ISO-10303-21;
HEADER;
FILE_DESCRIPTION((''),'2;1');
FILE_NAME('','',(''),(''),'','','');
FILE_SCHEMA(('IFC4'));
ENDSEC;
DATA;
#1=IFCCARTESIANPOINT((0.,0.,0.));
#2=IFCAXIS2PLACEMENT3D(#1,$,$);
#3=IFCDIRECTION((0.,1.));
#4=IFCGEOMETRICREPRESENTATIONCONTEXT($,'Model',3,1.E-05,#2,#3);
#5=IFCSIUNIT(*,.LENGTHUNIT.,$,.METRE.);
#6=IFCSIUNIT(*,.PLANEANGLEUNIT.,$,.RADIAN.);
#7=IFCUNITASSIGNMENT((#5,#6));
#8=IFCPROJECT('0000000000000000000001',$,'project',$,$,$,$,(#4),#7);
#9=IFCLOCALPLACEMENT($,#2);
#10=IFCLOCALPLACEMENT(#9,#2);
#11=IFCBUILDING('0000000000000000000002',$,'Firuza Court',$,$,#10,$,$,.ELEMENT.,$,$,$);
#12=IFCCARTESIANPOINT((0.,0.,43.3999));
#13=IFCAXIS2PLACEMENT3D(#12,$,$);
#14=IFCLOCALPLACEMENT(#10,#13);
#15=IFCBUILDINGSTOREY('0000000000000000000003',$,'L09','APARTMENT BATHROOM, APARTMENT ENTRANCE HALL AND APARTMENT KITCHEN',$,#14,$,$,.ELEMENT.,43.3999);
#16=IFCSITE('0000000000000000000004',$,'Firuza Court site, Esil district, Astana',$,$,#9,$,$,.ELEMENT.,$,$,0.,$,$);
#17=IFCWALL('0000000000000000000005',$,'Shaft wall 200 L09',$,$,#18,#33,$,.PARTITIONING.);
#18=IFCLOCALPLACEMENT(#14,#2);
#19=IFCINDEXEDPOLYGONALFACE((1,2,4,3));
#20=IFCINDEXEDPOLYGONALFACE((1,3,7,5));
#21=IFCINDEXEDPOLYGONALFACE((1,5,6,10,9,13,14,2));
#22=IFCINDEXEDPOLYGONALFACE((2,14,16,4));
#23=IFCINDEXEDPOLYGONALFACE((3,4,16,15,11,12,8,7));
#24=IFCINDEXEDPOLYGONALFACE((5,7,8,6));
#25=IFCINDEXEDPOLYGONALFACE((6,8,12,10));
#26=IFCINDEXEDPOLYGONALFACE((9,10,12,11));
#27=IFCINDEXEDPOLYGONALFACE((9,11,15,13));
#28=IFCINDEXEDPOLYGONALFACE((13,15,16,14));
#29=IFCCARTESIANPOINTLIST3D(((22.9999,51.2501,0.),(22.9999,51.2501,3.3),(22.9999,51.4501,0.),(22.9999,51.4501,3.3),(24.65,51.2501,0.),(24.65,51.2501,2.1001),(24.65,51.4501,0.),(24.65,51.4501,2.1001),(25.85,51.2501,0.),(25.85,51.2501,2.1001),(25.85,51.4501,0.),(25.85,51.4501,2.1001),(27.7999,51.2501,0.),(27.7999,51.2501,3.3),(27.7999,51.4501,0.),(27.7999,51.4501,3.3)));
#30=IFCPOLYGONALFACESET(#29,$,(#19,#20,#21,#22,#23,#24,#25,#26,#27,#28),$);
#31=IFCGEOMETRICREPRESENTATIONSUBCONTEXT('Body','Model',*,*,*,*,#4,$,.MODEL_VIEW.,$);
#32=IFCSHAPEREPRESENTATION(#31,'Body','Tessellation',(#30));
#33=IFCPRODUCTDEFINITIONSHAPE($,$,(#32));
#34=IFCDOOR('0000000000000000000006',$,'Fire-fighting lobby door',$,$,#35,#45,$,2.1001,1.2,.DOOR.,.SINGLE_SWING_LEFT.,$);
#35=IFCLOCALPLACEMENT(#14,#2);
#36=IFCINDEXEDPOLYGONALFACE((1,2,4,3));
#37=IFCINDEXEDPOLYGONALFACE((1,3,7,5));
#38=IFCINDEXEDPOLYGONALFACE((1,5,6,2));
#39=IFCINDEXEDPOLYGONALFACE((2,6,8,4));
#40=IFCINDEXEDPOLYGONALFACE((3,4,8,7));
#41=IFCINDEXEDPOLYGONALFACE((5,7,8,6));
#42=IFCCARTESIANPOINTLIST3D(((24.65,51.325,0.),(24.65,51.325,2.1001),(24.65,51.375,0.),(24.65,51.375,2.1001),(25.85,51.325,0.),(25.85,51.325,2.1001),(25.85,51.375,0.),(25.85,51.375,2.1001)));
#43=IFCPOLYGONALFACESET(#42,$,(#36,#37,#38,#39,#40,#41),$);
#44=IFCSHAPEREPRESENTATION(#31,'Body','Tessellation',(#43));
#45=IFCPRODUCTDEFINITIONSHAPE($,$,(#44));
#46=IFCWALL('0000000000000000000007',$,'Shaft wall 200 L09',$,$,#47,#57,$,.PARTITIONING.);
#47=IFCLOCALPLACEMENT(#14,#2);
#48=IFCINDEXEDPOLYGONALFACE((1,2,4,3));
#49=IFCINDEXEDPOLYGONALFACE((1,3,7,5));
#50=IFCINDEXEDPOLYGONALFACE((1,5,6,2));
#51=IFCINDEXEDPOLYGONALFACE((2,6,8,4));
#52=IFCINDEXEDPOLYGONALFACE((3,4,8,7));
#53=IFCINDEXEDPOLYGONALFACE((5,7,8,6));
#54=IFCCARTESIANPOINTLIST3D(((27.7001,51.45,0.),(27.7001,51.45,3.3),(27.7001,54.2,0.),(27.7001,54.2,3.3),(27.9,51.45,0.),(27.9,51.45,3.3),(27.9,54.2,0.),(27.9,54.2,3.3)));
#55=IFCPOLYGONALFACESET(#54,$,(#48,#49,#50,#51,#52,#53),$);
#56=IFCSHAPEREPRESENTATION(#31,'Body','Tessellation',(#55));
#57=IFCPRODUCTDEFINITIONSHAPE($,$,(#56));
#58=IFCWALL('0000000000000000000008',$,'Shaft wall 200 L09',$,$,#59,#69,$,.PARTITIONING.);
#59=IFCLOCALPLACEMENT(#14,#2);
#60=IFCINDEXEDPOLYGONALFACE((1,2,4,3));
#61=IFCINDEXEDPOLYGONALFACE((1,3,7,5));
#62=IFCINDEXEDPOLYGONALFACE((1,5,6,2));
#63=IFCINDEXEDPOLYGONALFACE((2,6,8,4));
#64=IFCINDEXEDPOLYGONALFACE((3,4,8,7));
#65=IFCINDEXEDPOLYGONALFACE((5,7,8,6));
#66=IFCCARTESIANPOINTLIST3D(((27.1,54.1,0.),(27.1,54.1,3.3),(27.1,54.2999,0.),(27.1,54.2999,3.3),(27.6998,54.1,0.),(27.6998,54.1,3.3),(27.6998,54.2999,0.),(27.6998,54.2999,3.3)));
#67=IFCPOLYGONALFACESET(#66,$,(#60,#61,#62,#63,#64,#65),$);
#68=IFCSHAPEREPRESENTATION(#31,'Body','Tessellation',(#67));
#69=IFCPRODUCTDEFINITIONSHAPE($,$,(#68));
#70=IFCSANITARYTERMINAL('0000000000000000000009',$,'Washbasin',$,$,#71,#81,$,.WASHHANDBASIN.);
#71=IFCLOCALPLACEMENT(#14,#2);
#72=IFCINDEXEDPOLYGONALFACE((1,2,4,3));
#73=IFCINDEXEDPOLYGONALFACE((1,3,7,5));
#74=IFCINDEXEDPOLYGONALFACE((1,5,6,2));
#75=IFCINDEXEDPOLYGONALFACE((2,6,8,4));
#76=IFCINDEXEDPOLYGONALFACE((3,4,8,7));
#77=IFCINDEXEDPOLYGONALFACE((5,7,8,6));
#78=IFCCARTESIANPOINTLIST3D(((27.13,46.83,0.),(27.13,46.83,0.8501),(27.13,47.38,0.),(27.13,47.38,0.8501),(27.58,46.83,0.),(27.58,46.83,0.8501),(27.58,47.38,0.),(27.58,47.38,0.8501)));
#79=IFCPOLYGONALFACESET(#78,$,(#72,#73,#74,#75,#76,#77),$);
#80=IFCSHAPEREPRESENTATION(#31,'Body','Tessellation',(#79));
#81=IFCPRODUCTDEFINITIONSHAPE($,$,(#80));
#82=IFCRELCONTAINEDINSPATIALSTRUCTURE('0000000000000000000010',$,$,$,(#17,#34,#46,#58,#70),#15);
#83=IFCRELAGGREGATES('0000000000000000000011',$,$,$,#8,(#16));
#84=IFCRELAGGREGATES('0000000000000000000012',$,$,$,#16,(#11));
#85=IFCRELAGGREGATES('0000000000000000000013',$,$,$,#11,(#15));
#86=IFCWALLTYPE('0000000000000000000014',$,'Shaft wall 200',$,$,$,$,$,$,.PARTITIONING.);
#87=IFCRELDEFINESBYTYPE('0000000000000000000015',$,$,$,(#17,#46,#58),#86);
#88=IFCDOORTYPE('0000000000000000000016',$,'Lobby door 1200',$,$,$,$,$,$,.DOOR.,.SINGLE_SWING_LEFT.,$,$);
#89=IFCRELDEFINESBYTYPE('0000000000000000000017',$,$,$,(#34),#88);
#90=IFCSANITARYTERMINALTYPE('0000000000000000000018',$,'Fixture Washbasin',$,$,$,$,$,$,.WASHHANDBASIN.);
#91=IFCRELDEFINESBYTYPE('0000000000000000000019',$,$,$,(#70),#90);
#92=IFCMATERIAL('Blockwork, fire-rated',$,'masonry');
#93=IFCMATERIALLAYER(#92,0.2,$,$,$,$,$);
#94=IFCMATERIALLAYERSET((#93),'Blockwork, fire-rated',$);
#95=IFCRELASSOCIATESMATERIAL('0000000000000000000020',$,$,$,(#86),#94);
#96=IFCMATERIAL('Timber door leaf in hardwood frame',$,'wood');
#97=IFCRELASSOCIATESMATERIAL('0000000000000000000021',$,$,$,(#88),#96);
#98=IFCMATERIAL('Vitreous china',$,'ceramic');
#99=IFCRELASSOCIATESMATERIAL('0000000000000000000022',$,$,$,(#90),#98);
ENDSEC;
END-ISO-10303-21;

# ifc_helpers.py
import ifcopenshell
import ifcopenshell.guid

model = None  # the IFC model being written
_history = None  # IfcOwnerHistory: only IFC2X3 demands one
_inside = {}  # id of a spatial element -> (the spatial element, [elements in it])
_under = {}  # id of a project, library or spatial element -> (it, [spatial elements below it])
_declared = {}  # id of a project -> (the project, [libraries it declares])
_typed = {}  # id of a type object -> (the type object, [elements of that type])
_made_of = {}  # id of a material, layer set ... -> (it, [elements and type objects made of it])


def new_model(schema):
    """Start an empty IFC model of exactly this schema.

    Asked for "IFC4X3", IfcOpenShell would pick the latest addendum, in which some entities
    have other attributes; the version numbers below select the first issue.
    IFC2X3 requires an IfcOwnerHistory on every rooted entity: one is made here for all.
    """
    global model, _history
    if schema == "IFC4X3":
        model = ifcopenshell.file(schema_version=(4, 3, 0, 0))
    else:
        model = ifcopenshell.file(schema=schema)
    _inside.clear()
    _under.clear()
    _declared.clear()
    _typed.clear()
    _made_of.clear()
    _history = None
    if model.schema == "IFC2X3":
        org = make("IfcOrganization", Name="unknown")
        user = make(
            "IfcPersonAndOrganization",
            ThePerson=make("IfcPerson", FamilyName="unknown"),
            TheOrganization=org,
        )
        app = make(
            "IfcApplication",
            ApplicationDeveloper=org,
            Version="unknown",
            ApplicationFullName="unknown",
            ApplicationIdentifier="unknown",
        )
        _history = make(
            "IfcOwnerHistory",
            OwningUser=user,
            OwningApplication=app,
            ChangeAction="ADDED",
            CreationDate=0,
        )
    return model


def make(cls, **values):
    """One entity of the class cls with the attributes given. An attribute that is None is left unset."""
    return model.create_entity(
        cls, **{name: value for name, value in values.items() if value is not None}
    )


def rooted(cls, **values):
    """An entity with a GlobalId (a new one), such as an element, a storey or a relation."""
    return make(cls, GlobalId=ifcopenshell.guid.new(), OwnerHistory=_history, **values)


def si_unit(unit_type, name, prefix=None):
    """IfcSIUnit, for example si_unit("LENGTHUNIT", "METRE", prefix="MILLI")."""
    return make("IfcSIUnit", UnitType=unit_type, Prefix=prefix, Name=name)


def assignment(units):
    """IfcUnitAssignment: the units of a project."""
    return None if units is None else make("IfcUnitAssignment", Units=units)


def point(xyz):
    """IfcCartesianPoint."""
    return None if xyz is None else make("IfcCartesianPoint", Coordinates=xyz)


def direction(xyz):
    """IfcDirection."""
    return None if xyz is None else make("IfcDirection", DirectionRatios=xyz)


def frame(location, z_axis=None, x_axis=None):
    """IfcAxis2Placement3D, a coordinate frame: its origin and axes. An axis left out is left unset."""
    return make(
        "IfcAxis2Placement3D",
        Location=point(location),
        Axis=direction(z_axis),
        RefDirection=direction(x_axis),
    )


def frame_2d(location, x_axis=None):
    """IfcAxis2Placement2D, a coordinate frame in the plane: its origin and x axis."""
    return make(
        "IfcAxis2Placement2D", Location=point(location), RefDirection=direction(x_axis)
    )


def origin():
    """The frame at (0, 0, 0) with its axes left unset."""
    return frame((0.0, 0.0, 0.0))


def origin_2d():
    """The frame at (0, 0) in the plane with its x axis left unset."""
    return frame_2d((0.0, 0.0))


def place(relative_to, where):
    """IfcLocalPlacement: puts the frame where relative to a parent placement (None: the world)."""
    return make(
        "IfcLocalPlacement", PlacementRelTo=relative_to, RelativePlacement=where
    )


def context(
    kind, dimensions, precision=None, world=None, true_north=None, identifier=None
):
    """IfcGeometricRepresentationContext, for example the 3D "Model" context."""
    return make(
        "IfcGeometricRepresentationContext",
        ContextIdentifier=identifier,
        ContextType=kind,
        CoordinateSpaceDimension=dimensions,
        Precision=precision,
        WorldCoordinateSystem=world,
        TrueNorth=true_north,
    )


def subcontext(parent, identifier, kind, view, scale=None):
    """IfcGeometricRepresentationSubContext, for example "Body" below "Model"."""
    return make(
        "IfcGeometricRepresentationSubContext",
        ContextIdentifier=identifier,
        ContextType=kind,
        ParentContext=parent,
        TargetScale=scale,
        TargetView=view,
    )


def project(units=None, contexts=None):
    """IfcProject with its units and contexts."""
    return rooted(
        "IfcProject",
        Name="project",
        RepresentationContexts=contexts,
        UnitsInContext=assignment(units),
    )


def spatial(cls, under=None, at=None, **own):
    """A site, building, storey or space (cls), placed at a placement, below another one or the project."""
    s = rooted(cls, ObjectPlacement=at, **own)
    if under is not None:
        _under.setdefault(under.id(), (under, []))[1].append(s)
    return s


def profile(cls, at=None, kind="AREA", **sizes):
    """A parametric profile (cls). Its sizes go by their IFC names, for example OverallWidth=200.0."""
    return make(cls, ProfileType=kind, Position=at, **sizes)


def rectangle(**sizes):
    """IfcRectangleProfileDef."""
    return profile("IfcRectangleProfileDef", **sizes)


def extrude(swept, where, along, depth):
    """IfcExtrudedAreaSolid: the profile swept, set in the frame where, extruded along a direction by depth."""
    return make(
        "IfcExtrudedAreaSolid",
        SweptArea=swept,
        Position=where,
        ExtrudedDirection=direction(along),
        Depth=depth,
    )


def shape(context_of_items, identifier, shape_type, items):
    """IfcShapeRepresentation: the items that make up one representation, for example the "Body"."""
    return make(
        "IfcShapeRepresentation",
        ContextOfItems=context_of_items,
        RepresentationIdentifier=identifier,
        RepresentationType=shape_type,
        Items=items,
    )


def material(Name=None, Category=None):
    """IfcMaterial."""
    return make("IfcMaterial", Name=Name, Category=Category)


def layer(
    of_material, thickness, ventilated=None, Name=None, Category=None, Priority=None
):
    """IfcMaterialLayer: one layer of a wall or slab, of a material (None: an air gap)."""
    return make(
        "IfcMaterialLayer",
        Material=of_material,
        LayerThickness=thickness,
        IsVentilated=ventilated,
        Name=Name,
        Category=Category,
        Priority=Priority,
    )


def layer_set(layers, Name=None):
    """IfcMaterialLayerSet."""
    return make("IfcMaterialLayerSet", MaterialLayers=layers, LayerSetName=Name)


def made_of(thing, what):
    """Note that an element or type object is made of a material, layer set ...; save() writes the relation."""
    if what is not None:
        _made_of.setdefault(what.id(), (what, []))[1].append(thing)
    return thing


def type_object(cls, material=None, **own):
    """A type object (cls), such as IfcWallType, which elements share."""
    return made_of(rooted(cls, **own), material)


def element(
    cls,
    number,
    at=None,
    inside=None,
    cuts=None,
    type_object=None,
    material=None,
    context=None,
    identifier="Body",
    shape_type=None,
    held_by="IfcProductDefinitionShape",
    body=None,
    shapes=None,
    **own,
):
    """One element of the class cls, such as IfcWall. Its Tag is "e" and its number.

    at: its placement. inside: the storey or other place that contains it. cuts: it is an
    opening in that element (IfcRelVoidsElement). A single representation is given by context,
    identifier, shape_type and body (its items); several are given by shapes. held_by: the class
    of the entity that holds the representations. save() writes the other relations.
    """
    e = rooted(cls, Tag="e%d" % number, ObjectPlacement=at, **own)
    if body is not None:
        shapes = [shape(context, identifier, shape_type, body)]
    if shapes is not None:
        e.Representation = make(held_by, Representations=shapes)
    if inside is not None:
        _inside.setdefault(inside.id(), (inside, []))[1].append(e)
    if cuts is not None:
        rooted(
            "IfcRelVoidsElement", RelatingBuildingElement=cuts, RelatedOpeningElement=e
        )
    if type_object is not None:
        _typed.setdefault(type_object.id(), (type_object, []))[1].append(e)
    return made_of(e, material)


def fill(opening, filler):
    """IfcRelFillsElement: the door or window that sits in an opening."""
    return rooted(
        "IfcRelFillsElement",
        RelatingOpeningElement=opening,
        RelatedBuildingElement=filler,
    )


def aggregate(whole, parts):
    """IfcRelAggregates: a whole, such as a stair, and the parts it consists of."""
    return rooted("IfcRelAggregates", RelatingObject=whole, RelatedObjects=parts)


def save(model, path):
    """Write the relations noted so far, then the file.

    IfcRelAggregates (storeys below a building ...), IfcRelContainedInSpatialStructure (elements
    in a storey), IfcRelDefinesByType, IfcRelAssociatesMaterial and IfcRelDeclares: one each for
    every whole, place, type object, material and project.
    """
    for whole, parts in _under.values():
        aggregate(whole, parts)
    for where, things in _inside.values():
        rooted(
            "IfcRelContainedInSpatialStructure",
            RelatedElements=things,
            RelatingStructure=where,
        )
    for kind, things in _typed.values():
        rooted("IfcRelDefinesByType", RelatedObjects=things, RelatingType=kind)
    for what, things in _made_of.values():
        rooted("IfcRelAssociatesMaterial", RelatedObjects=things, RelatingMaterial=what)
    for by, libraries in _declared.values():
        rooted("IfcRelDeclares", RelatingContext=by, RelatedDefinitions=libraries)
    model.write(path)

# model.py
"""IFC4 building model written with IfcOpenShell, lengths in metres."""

from ifc_helpers import new_model, si_unit, direction, frame, frame_2d, origin, origin_2d, place, context, subcontext, project, spatial, rectangle, extrude, material, layer, layer_set, type_object, element, fill, save


model = new_model("IFC4")

# Units and contexts
model_context = context("Model", 3, precision=1e-05, world=origin(), true_north=direction((0.0, 1.0)))
body_context = subcontext(model_context, "Body", "Model", "MODEL_VIEW")
ifc_project = project(units=[si_unit("LENGTHUNIT", "METRE"), si_unit("PLANEANGLEUNIT", "RADIAN")], contexts=[model_context])

# Site, building, storey
site_placement = place(None, origin())
site = spatial("IfcSite", under=ifc_project, at=site_placement, Name="Firuza Court site, Esil district, Astana", CompositionType="ELEMENT", RefElevation=0.0)
building_placement = place(site_placement, origin())
building = spatial("IfcBuilding", under=site, at=building_placement, Name="Firuza Court", CompositionType="ELEMENT")
storey_placement = place(building_placement, frame((0.0, 0.0, 43.3999)))
storey = spatial("IfcBuildingStorey", under=building, at=storey_placement, Name="L09", Description="APARTMENT BATHROOM, APARTMENT ENTRANCE HALL AND APARTMENT KITCHEN", CompositionType="ELEMENT", Elevation=43.3999)

# Shared definitions
ifc_material_1 = material(Name="Blockwork, fire-rated", Category="masonry")

# Shared definitions
ifc_layer_1 = layer(ifc_material_1, 0.2)
ifc_layer_set_1 = layer_set([ifc_layer_1], Name="Blockwork, fire-rated")
wall_type_1 = type_object("IfcWallType", Name="Shaft wall 200", PredefinedType="PARTITIONING", material=ifc_layer_set_1)

# Wall, opening, door
wall_1_placement = place(storey_placement, frame((23.0, 51.3501, 0.0), z_axis=(0.0, 0.0, 1.0), x_axis=(1.0, 0.0, 0.0)))
wall_1 = element("IfcWall", 1, at=wall_1_placement, inside=storey, type_object=wall_type_1, Name="Shaft wall 200 L09", PredefinedType="PARTITIONING", context=body_context, shape_type="SweptSolid", body=[
    extrude(rectangle(XDim=4.8, YDim=0.2, at=frame_2d((2.3999, 0.0))), origin(), (0.0, 0.0, 1.0), 3.3),
])
opening_1_placement = place(wall_1_placement, frame((1.6499, 0.0, 0.0)))
opening_1 = element("IfcOpeningElement", 2, at=opening_1_placement, cuts=wall_1, PredefinedType="OPENING", context=body_context, shape_type="SweptSolid", body=[
    extrude(rectangle(XDim=1.2, YDim=2.1001, at=frame_2d((0.6001, 1.05))), frame((0.0, 0.1118, 0.0), z_axis=(0.0, -1.0, 0.0), x_axis=(1.0, 0.0, 0.0)), (0.0, 0.0, 1.0), 0.2239),
])
ifc_material_2 = material(Name="Timber door leaf in hardwood frame", Category="wood")
door_type_1 = type_object("IfcDoorType", Name="Lobby door 1200", OperationType="SINGLE_SWING_LEFT", PredefinedType="DOOR", material=ifc_material_2)
door_1_placement = place(opening_1_placement, origin())
door_1 = element("IfcDoor", 3, at=door_1_placement, inside=storey, type_object=door_type_1, Name="Fire-fighting lobby door", OperationType="SINGLE_SWING_LEFT", OverallHeight=2.1001, OverallWidth=1.2, PredefinedType="DOOR", context=body_context, shape_type="SweptSolid", body=[
    extrude(rectangle(XDim=1.2, YDim=2.1001, at=frame_2d((0.6001, 1.05))), frame((0.0, 0.0249, 0.0), z_axis=(0.0, -1.0, 0.0), x_axis=(1.0, 0.0, 0.0)), (0.0, 0.0, 1.0), 0.05),
])
fill(opening_1, door_1)

# Walls
wall_2_placement = place(storey_placement, frame((27.8, 51.45, 0.0), z_axis=(0.0, 0.0, 1.0), x_axis=(0.0, 1.0, 0.0)))
element("IfcWall", 4, at=wall_2_placement, inside=storey, type_object=wall_type_1, Name="Shaft wall 200 L09", PredefinedType="PARTITIONING", context=body_context, shape_type="SweptSolid", body=[
    extrude(rectangle(XDim=2.75, YDim=0.2, at=frame_2d((1.375, 0.0))), origin(), (0.0, 0.0, 1.0), 3.3),
])
wall_3_placement = place(storey_placement, frame((27.1001, 54.2, 0.0), z_axis=(0.0, 0.0, 1.0), x_axis=(1.0, 0.0, 0.0)))
element("IfcWall", 5, at=wall_3_placement, inside=storey, type_object=wall_type_1, Name="Shaft wall 200 L09", PredefinedType="PARTITIONING", context=body_context, shape_type="SweptSolid", body=[
    extrude(rectangle(XDim=0.5999, YDim=0.2, at=frame_2d((0.2998, 0.0))), origin(), (0.0, 0.0, 1.0), 3.3),
])

# Sanitary terminal
ifc_material_3 = material(Name="Vitreous china", Category="ceramic")
sanitary_terminal_type = type_object("IfcSanitaryTerminalType", Name="Fixture Washbasin", PredefinedType="WASHHANDBASIN", material=ifc_material_3)
sanitary_terminal_placement = place(storey_placement, frame((27.355, 47.105, 0.0), z_axis=(0.0, 0.0, 1.0), x_axis=(1.0, 0.0, 0.0)))
element("IfcSanitaryTerminal", 6, at=sanitary_terminal_placement, inside=storey, type_object=sanitary_terminal_type, Name="Washbasin", PredefinedType="WASHHANDBASIN", context=body_context, shape_type="SweptSolid", body=[
    extrude(rectangle(XDim=0.45, YDim=0.55, at=origin_2d()), origin(), (0.0, 0.0, 1.0), 0.8501),
])

save(model, "model.ifc")
